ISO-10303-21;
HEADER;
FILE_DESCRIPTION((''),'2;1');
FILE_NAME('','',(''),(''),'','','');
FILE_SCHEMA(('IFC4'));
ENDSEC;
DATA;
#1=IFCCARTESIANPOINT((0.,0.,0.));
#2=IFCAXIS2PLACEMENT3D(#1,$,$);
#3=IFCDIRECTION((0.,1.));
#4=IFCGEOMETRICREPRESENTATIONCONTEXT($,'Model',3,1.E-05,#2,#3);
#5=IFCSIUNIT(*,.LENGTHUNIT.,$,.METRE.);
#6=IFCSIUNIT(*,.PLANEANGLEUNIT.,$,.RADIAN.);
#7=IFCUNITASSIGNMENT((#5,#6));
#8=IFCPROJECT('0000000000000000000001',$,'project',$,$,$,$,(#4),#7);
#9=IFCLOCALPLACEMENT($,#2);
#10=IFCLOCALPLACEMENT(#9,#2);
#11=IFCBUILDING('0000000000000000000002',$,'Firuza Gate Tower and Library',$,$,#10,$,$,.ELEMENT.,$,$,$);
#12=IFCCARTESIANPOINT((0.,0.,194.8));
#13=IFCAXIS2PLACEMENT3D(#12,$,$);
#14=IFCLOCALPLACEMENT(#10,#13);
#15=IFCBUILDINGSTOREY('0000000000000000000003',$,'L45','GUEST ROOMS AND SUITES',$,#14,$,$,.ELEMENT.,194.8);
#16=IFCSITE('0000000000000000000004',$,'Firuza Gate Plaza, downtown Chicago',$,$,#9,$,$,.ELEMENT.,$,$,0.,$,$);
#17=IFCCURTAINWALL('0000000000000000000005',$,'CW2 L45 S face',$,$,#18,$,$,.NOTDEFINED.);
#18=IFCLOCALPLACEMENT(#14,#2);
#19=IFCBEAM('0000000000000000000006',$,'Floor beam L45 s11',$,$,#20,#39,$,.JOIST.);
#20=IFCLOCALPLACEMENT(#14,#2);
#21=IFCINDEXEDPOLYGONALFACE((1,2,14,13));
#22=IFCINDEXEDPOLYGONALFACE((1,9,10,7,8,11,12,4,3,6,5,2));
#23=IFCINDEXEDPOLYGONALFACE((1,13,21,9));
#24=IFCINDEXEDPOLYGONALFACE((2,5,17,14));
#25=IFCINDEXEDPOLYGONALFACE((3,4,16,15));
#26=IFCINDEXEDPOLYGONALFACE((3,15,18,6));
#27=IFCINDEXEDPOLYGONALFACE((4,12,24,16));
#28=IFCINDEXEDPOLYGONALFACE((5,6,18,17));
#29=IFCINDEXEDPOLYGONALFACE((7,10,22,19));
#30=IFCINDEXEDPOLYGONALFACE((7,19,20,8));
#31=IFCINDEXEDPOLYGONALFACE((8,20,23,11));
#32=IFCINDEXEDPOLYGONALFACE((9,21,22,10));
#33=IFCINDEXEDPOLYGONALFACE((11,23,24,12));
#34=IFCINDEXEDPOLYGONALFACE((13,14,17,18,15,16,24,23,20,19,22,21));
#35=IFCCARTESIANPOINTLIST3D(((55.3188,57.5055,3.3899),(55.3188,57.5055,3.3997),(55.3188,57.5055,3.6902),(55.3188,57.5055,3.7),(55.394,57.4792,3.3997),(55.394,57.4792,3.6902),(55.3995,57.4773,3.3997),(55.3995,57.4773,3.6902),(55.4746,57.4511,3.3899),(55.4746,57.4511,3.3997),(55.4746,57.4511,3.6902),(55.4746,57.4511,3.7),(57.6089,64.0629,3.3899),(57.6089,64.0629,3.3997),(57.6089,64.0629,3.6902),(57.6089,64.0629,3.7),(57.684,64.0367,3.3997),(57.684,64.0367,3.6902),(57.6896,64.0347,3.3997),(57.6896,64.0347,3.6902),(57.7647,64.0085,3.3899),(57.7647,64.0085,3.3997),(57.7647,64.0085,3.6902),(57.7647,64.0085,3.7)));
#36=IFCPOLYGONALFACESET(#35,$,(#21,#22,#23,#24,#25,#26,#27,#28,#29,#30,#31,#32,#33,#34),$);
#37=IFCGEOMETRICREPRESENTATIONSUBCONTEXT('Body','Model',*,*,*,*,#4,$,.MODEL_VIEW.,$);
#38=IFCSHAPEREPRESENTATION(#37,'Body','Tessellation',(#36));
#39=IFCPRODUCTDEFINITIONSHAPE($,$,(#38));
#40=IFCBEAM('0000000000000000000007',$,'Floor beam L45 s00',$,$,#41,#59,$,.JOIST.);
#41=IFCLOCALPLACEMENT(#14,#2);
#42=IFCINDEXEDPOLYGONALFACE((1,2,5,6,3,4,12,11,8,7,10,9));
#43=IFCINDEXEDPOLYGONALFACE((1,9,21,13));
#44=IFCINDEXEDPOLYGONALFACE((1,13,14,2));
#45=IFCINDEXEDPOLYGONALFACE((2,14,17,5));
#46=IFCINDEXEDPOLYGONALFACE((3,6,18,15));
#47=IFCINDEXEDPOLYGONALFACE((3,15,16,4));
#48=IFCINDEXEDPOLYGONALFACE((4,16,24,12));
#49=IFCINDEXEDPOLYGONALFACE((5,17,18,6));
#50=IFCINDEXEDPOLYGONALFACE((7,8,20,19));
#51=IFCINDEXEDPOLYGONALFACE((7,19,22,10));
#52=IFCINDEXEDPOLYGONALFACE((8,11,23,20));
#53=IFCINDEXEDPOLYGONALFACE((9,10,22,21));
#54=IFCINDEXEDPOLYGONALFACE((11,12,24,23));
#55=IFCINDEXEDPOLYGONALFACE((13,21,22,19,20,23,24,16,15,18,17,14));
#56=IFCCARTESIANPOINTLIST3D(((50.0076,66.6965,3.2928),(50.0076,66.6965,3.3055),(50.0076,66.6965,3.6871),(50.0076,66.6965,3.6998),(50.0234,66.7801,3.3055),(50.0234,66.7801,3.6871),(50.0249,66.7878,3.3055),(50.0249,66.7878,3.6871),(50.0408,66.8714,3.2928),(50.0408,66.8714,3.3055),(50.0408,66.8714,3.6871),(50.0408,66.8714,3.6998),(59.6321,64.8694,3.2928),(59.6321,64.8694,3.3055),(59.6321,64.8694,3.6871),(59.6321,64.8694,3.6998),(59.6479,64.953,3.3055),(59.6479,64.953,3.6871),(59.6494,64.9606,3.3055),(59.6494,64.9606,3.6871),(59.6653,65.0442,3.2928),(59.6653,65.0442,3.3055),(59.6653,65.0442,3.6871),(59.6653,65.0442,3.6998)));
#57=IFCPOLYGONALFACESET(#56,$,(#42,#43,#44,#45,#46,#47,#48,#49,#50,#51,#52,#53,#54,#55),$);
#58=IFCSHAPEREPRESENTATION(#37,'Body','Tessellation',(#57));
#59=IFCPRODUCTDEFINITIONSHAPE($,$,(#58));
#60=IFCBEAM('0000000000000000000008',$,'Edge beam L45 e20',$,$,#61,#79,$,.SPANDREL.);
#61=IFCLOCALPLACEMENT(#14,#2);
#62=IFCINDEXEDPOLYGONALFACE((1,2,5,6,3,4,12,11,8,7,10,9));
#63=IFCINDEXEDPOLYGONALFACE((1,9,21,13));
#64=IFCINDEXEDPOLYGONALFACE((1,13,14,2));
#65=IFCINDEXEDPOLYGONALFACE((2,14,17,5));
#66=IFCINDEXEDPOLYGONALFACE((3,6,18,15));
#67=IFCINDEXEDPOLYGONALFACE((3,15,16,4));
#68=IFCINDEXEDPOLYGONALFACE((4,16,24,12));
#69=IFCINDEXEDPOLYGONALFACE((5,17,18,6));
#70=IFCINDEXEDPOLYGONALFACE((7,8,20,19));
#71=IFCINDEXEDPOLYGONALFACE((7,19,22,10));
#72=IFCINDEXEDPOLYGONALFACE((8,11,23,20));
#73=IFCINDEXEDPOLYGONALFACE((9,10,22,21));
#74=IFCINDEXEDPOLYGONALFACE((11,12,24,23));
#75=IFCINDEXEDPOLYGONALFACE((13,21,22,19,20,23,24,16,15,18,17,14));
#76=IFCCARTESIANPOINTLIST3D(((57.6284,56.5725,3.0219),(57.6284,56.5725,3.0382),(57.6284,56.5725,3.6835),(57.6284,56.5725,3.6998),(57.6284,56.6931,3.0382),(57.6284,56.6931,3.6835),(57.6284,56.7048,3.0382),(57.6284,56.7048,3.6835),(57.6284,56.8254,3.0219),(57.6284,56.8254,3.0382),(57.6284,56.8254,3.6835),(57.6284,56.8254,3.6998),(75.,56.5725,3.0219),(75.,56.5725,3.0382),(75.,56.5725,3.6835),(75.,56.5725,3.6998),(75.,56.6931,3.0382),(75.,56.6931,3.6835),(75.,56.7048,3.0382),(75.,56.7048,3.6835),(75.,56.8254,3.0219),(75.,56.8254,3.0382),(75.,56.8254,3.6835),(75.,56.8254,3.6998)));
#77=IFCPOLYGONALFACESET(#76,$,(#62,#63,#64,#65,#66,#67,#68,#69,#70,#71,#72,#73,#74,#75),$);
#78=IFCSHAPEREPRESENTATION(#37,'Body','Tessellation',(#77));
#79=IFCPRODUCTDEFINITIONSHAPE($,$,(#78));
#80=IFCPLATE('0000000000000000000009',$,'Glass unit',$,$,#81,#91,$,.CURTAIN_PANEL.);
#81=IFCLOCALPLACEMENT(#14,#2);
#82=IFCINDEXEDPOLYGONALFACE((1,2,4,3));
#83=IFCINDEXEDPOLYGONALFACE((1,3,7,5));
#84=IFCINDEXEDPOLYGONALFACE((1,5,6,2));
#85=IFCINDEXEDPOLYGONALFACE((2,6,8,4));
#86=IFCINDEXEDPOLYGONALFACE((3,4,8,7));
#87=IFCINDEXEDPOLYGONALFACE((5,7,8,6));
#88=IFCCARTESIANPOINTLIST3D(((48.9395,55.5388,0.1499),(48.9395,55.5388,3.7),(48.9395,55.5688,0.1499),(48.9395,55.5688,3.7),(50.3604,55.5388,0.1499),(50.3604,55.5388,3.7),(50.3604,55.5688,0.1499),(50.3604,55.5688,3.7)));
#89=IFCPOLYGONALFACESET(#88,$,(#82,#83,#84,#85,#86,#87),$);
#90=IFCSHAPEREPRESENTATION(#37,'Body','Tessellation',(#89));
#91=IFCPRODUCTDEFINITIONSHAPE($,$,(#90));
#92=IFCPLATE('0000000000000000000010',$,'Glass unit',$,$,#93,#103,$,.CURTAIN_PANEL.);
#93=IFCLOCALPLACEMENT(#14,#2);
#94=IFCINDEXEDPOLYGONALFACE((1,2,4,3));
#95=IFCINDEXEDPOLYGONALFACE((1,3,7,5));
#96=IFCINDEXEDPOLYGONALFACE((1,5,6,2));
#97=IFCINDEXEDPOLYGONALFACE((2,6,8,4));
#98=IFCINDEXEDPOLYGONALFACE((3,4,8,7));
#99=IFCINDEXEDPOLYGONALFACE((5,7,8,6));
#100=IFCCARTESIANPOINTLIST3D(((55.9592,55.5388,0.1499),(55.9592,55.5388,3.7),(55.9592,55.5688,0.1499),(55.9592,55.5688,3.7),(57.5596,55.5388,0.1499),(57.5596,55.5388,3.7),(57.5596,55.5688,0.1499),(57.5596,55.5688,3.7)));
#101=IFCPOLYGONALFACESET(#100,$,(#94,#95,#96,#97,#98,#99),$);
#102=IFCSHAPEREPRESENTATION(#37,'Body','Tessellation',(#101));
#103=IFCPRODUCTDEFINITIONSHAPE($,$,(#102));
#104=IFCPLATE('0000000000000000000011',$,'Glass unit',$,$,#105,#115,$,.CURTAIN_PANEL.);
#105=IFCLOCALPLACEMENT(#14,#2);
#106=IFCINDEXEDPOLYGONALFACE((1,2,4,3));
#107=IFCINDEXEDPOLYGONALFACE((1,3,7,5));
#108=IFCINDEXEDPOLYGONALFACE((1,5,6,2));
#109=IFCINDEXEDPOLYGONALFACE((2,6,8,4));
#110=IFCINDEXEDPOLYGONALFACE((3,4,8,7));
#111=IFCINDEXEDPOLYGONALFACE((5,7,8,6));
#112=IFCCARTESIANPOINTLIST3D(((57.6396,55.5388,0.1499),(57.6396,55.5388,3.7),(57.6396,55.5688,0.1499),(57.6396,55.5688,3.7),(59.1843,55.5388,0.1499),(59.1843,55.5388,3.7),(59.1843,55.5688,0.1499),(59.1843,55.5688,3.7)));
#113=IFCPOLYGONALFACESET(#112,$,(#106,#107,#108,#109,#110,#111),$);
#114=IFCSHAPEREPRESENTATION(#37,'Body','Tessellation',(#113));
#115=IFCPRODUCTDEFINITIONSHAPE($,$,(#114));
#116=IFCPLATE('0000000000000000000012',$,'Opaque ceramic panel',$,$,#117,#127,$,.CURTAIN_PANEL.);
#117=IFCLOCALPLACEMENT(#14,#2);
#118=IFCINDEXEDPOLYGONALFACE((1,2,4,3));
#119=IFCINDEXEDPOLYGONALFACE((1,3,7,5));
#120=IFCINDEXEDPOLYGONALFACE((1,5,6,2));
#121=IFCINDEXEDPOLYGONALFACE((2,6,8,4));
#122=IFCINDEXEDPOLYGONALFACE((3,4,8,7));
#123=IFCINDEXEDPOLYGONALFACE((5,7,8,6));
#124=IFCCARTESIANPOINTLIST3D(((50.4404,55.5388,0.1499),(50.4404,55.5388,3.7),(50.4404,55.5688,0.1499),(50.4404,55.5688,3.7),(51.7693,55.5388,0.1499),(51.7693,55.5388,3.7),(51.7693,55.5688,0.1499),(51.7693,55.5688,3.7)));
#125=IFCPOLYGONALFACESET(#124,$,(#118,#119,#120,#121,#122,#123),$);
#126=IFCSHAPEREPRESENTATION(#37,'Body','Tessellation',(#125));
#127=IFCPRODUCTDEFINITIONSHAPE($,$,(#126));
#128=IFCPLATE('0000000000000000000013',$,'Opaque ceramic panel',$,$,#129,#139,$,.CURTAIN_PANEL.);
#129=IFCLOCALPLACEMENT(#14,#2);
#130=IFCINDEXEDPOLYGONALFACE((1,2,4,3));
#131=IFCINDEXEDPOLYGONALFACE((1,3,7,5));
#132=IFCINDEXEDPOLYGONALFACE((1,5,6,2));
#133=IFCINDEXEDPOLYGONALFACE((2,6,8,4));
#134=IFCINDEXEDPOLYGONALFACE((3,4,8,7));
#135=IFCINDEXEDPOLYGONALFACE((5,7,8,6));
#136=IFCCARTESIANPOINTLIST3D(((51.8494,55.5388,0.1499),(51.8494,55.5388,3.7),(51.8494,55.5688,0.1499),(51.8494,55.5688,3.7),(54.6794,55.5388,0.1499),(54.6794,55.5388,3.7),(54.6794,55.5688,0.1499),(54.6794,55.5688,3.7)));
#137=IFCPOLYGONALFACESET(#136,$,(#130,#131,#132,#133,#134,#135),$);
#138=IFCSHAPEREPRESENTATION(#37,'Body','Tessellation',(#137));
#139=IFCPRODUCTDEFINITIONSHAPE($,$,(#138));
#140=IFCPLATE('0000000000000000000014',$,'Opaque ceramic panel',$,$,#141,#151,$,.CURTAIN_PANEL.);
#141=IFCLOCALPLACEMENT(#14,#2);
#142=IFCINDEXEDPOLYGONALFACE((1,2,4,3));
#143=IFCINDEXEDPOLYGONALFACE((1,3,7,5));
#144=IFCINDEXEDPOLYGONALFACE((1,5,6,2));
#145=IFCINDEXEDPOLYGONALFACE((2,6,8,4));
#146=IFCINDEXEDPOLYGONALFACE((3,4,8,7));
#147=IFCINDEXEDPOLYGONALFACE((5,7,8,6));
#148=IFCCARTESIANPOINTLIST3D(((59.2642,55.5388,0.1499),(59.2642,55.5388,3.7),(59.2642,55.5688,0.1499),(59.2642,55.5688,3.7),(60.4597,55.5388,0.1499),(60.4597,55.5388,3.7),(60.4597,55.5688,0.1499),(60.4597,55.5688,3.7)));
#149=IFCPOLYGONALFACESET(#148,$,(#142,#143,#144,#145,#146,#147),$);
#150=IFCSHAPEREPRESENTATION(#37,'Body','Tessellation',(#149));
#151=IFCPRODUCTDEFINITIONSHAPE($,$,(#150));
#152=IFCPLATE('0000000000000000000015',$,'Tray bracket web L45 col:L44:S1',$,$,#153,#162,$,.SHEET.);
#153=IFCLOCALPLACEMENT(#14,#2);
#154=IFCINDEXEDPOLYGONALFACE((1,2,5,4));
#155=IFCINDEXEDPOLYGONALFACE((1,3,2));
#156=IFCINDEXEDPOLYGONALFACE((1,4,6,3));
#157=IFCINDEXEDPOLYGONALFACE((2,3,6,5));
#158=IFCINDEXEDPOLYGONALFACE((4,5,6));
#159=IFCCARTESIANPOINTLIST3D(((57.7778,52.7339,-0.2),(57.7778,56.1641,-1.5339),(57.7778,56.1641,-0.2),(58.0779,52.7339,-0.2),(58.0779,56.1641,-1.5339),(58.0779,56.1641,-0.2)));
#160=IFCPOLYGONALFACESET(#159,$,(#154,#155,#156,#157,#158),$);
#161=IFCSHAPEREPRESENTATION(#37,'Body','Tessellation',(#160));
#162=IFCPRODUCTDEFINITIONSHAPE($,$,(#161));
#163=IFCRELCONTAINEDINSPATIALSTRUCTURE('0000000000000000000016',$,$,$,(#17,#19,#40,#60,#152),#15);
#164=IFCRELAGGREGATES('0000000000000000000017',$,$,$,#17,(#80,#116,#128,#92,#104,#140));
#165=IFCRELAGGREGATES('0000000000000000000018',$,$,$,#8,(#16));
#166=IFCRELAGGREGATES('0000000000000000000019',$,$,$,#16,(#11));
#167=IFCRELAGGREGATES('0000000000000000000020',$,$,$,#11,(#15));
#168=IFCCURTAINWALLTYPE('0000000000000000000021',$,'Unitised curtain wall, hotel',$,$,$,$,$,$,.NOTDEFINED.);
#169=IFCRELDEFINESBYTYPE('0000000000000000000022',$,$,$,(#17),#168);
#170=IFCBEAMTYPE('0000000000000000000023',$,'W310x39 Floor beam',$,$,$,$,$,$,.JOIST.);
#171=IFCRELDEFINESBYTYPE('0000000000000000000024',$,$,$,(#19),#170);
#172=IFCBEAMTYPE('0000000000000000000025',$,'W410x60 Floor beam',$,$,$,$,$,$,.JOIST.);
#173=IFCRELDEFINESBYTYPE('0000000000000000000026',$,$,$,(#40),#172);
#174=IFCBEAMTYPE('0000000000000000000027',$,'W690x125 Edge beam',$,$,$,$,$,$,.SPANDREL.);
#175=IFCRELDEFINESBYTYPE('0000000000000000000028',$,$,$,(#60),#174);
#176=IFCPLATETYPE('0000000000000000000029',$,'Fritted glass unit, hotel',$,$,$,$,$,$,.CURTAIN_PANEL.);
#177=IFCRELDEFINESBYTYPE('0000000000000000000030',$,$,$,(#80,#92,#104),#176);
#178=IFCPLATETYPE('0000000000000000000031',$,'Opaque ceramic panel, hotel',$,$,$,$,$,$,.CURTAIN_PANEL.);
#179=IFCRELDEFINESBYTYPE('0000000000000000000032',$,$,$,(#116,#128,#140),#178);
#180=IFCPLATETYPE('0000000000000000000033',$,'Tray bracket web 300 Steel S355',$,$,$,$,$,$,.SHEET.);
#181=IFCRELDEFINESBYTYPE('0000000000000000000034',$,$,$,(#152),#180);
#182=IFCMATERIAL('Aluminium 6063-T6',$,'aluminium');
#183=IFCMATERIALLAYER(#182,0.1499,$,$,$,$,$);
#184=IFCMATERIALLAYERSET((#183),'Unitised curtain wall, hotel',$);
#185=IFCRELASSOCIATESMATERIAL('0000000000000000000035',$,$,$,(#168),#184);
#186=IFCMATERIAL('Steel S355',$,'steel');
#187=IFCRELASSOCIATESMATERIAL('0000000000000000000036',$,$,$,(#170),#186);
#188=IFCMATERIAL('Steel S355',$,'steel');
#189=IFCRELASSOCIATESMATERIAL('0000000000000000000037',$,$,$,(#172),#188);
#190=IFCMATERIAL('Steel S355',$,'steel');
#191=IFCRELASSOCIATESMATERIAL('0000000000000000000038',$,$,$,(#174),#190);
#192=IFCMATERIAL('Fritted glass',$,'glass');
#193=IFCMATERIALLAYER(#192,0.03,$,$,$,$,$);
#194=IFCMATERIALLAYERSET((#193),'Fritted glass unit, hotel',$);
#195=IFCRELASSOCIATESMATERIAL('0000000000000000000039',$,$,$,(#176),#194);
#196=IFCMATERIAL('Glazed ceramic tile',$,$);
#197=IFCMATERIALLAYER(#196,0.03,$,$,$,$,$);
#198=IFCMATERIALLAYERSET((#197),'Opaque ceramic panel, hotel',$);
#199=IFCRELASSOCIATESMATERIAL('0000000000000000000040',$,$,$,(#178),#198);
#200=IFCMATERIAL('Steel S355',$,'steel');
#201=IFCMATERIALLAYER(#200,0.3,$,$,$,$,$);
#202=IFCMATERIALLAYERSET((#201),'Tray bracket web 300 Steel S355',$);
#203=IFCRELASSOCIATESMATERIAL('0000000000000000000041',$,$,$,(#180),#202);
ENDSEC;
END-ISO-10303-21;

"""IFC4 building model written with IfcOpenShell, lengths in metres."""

from ifc_helpers import new_model, si_unit, direction, frame, origin, origin_2d, place, context, subcontext, project, spatial, polyline, i_section, outline, extrude, material, layer, layer_set, material_profile, profile_set, type_object, element, aggregate, save


model = new_model("IFC4")

# Units and contexts
model_context = context("Model", 3, precision=1e-05, world=origin(), true_north=direction((0.0, 1.0)))
body_context = subcontext(model_context, "Body", "Model", "MODEL_VIEW")
ifc_project = project(units=[si_unit("LENGTHUNIT", "METRE"), si_unit("PLANEANGLEUNIT", "RADIAN")], contexts=[model_context])

# Site, building, storey
site_placement = place(None, origin())
site = spatial("IfcSite", under=ifc_project, at=site_placement, Name="Firuza Gate Plaza, downtown Chicago", CompositionType="ELEMENT", RefElevation=0.0)
building_placement = place(site_placement, origin())
building = spatial("IfcBuilding", under=site, at=building_placement, Name="Firuza Gate Tower and Library", CompositionType="ELEMENT")
storey_placement = place(building_placement, frame((0.0, 0.0, 194.8)))
storey = spatial("IfcBuildingStorey", under=building, at=storey_placement, Name="L45", Description="GUEST ROOMS AND SUITES", CompositionType="ELEMENT", Elevation=194.8)

# Curtain wall
ifc_material_1 = material(Name="Aluminium 6063-T6", Category="aluminium")
ifc_layer_1 = layer(ifc_material_1, 0.1499)
ifc_layer_set_1 = layer_set([ifc_layer_1], Name="Unitised curtain wall, hotel")
curtain_wall_type = type_object("IfcCurtainWallType", Name="Unitised curtain wall, hotel", PredefinedType="NOTDEFINED", material=ifc_layer_set_1)
curtain_wall_placement = place(storey_placement, origin())
curtain_wall = element("IfcCurtainWall", 1, at=curtain_wall_placement, inside=storey, type_object=curtain_wall_type, Name="CW2 L45 S face", PredefinedType="NOTDEFINED")

# Beams
ifc_material_2 = material(Name="Steel S355", Category="steel")
ifc_material_profile_1 = material_profile(ifc_material_2, i_section(OverallWidth=0.165, OverallDepth=0.3101, WebThickness=0.0059, FlangeThickness=0.0098, at=origin_2d()))
ifc_profile_set_1 = profile_set([ifc_material_profile_1], Name="Steel S355")
beam_type_1 = type_object("IfcBeamType", Name="W310x39 Floor beam", PredefinedType="JOIST", material=ifc_profile_set_1)
beam_1_placement = place(storey_placement, frame((55.3967, 57.4783, 3.5449), z_axis=(0.329704, 0.944084, 0.0), x_axis=(-0.944084, 0.329704, 0.0)))
element("IfcBeam", 2, at=beam_1_placement, inside=storey, type_object=beam_type_1, Name="Floor beam L45 s11", PredefinedType="JOIST", context=body_context, shape_type="SweptSolid", body=[
    extrude(i_section(OverallWidth=0.165, OverallDepth=0.3101, WebThickness=0.0059, FlangeThickness=0.0098, at=origin_2d()), origin(), (0.0, 0.0, 1.0), 6.9458),
])
ifc_material_3 = material(Name="Steel S355", Category="steel")
ifc_material_profile_2 = material_profile(ifc_material_3, i_section(OverallWidth=0.178, OverallDepth=0.407, WebThickness=0.0078, FlangeThickness=0.0127, at=origin_2d()))
ifc_profile_set_2 = profile_set([ifc_material_profile_2], Name="Steel S355")
beam_type_2 = type_object("IfcBeamType", Name="W410x60 Floor beam", PredefinedType="JOIST", material=ifc_profile_set_2)
beam_2_placement = place(storey_placement, frame((50.0242, 66.7839, 3.4963), z_axis=(0.982453, -0.186512, 0.0), x_axis=(0.186512, 0.982453, 0.0)))
element("IfcBeam", 3, at=beam_2_placement, inside=storey, type_object=beam_type_2, Name="Floor beam L45 s00", PredefinedType="JOIST", context=body_context, shape_type="SweptSolid", body=[
    extrude(i_section(OverallWidth=0.178, OverallDepth=0.407, WebThickness=0.0078, FlangeThickness=0.0127, at=origin_2d()), origin(), (0.0, 0.0, 1.0), 9.7964),
])
ifc_material_4 = material(Name="Steel S355", Category="steel")
ifc_material_profile_3 = material_profile(ifc_material_4, i_section(OverallWidth=0.2529, OverallDepth=0.678, WebThickness=0.0117, FlangeThickness=0.0164, at=origin_2d()))
ifc_profile_set_3 = profile_set([ifc_material_profile_3], Name="Steel S355")
beam_type_3 = type_object("IfcBeamType", Name="W690x125 Edge beam", PredefinedType="SPANDREL", material=ifc_profile_set_3)
beam_3_placement = place(storey_placement, frame((57.6284, 56.699, 3.3608), z_axis=(1.0, 0.0, 0.0), x_axis=(0.0, 1.0, 0.0)))
element("IfcBeam", 4, at=beam_3_placement, inside=storey, type_object=beam_type_3, Name="Edge beam L45 e20", PredefinedType="SPANDREL", context=body_context, shape_type="SweptSolid", body=[
    extrude(i_section(OverallWidth=0.2529, OverallDepth=0.678, WebThickness=0.0117, FlangeThickness=0.0164, at=origin_2d()), origin(), (0.0, 0.0, 1.0), 17.3716),
])

# Plates
ifc_material_5 = material(Name="Fritted glass", Category="glass")
ifc_layer_2 = layer(ifc_material_5, 0.03)
ifc_layer_set_2 = layer_set([ifc_layer_2], Name="Fritted glass unit, hotel")
plate_type_1 = type_object("IfcPlateType", Name="Fritted glass unit, hotel", PredefinedType="CURTAIN_PANEL", material=ifc_layer_set_2)
plate_1_placement = place(storey_placement, frame((48.9395, 55.5388, 0.1499), z_axis=(0.0, -1.0, 0.0), x_axis=(1.0, 0.0, 0.0)))
plate_1 = element("IfcPlate", 5, at=plate_1_placement, type_object=plate_type_1, Name="Glass unit", PredefinedType="CURTAIN_PANEL", context=body_context, shape_type="SweptSolid", body=[
    extrude(outline(polyline([(0.0, 0.0), (1.4209, 0.0), (1.4209, 3.55), (0.0, 3.55), (0.0, 0.0)])), origin(), (0.0, 0.0, -1.0), 0.03),
])
plate_2_placement = place(storey_placement, frame((55.9592, 55.5388, 0.1499), z_axis=(0.0, -1.0, 0.0), x_axis=(1.0, 0.0, 0.0)))
plate_2 = element("IfcPlate", 6, at=plate_2_placement, type_object=plate_type_1, Name="Glass unit", PredefinedType="CURTAIN_PANEL", context=body_context, shape_type="SweptSolid", body=[
    extrude(outline(polyline([(0.0, 0.0), (1.6003, 0.0), (1.6003, 3.55), (0.0, 3.55), (0.0, 0.0)])), origin(), (0.0, 0.0, -1.0), 0.03),
])
plate_3_placement = place(storey_placement, frame((57.6396, 55.5388, 0.1499), z_axis=(0.0, -1.0, 0.0), x_axis=(1.0, 0.0, 0.0)))
plate_3 = element("IfcPlate", 7, at=plate_3_placement, type_object=plate_type_1, Name="Glass unit", PredefinedType="CURTAIN_PANEL", context=body_context, shape_type="SweptSolid", body=[
    extrude(outline(polyline([(0.0, 0.0), (1.5447, 0.0), (1.5447, 3.55), (0.0, 3.55), (0.0, 0.0)])), origin(), (0.0, 0.0, -1.0), 0.03),
])
ifc_material_6 = material(Name="Glazed ceramic tile")
ifc_layer_3 = layer(ifc_material_6, 0.03)
ifc_layer_set_3 = layer_set([ifc_layer_3], Name="Opaque ceramic panel, hotel")
plate_type_2 = type_object("IfcPlateType", Name="Opaque ceramic panel, hotel", PredefinedType="CURTAIN_PANEL", material=ifc_layer_set_3)
plate_4_placement = place(storey_placement, frame((50.4404, 55.5388, 0.1499), z_axis=(0.0, -1.0, 0.0), x_axis=(1.0, 0.0, 0.0)))
plate_4 = element("IfcPlate", 8, at=plate_4_placement, type_object=plate_type_2, Name="Opaque ceramic panel", PredefinedType="CURTAIN_PANEL", context=body_context, shape_type="SweptSolid", body=[
    extrude(outline(polyline([(0.0, 0.0), (1.3289, 0.0), (1.3289, 3.55), (0.0, 3.55), (0.0, 0.0)])), origin(), (0.0, 0.0, -1.0), 0.03),
])
plate_5_placement = place(storey_placement, frame((51.8494, 55.5388, 0.1499), z_axis=(0.0, -1.0, 0.0), x_axis=(1.0, 0.0, 0.0)))
plate_5 = element("IfcPlate", 9, at=plate_5_placement, type_object=plate_type_2, Name="Opaque ceramic panel", PredefinedType="CURTAIN_PANEL", context=body_context, shape_type="SweptSolid", body=[
    extrude(outline(polyline([(0.0, 0.0), (2.8301, 0.0), (2.8301, 3.55), (0.0, 3.55), (0.0, 0.0)])), origin(), (0.0, 0.0, -1.0), 0.03),
])
plate_6_placement = place(storey_placement, frame((59.2642, 55.5388, 0.1499), z_axis=(0.0, -1.0, 0.0), x_axis=(1.0, 0.0, 0.0)))
plate_6 = element("IfcPlate", 10, at=plate_6_placement, type_object=plate_type_2, Name="Opaque ceramic panel", PredefinedType="CURTAIN_PANEL", context=body_context, shape_type="SweptSolid", body=[
    extrude(outline(polyline([(0.0, 0.0), (1.1956, 0.0), (1.1956, 3.55), (0.0, 3.55), (0.0, 0.0)])), origin(), (0.0, 0.0, -1.0), 0.03),
])
ifc_material_7 = material(Name="Steel S355", Category="steel")
ifc_layer_4 = layer(ifc_material_7, 0.3)
ifc_layer_set_4 = layer_set([ifc_layer_4], Name="Tray bracket web 300 Steel S355")
plate_type_3 = type_object("IfcPlateType", Name="Tray bracket web 300 Steel S355", PredefinedType="SHEET", material=ifc_layer_set_4)
plate_7_placement = place(storey_placement, frame((58.0779, 56.1641, -0.2), z_axis=(1.0, 0.0, 0.0), x_axis=(0.0, -1.0, 0.0)))
element("IfcPlate", 11, at=plate_7_placement, inside=storey, type_object=plate_type_3, Name="Tray bracket web L45 col:L44:S1", PredefinedType="SHEET", context=body_context, shape_type="SweptSolid", body=[
    extrude(outline(polyline([(0.0, 0.0), (3.4302, 0.0), (0.0, 1.334), (0.0, 0.0)])), origin(), (0.0, 0.0, -1.0), 0.3),
])

aggregate(curtain_wall, [plate_1, plate_4, plate_5, plate_2, plate_3, plate_6])

save(model, "model.ifc")
